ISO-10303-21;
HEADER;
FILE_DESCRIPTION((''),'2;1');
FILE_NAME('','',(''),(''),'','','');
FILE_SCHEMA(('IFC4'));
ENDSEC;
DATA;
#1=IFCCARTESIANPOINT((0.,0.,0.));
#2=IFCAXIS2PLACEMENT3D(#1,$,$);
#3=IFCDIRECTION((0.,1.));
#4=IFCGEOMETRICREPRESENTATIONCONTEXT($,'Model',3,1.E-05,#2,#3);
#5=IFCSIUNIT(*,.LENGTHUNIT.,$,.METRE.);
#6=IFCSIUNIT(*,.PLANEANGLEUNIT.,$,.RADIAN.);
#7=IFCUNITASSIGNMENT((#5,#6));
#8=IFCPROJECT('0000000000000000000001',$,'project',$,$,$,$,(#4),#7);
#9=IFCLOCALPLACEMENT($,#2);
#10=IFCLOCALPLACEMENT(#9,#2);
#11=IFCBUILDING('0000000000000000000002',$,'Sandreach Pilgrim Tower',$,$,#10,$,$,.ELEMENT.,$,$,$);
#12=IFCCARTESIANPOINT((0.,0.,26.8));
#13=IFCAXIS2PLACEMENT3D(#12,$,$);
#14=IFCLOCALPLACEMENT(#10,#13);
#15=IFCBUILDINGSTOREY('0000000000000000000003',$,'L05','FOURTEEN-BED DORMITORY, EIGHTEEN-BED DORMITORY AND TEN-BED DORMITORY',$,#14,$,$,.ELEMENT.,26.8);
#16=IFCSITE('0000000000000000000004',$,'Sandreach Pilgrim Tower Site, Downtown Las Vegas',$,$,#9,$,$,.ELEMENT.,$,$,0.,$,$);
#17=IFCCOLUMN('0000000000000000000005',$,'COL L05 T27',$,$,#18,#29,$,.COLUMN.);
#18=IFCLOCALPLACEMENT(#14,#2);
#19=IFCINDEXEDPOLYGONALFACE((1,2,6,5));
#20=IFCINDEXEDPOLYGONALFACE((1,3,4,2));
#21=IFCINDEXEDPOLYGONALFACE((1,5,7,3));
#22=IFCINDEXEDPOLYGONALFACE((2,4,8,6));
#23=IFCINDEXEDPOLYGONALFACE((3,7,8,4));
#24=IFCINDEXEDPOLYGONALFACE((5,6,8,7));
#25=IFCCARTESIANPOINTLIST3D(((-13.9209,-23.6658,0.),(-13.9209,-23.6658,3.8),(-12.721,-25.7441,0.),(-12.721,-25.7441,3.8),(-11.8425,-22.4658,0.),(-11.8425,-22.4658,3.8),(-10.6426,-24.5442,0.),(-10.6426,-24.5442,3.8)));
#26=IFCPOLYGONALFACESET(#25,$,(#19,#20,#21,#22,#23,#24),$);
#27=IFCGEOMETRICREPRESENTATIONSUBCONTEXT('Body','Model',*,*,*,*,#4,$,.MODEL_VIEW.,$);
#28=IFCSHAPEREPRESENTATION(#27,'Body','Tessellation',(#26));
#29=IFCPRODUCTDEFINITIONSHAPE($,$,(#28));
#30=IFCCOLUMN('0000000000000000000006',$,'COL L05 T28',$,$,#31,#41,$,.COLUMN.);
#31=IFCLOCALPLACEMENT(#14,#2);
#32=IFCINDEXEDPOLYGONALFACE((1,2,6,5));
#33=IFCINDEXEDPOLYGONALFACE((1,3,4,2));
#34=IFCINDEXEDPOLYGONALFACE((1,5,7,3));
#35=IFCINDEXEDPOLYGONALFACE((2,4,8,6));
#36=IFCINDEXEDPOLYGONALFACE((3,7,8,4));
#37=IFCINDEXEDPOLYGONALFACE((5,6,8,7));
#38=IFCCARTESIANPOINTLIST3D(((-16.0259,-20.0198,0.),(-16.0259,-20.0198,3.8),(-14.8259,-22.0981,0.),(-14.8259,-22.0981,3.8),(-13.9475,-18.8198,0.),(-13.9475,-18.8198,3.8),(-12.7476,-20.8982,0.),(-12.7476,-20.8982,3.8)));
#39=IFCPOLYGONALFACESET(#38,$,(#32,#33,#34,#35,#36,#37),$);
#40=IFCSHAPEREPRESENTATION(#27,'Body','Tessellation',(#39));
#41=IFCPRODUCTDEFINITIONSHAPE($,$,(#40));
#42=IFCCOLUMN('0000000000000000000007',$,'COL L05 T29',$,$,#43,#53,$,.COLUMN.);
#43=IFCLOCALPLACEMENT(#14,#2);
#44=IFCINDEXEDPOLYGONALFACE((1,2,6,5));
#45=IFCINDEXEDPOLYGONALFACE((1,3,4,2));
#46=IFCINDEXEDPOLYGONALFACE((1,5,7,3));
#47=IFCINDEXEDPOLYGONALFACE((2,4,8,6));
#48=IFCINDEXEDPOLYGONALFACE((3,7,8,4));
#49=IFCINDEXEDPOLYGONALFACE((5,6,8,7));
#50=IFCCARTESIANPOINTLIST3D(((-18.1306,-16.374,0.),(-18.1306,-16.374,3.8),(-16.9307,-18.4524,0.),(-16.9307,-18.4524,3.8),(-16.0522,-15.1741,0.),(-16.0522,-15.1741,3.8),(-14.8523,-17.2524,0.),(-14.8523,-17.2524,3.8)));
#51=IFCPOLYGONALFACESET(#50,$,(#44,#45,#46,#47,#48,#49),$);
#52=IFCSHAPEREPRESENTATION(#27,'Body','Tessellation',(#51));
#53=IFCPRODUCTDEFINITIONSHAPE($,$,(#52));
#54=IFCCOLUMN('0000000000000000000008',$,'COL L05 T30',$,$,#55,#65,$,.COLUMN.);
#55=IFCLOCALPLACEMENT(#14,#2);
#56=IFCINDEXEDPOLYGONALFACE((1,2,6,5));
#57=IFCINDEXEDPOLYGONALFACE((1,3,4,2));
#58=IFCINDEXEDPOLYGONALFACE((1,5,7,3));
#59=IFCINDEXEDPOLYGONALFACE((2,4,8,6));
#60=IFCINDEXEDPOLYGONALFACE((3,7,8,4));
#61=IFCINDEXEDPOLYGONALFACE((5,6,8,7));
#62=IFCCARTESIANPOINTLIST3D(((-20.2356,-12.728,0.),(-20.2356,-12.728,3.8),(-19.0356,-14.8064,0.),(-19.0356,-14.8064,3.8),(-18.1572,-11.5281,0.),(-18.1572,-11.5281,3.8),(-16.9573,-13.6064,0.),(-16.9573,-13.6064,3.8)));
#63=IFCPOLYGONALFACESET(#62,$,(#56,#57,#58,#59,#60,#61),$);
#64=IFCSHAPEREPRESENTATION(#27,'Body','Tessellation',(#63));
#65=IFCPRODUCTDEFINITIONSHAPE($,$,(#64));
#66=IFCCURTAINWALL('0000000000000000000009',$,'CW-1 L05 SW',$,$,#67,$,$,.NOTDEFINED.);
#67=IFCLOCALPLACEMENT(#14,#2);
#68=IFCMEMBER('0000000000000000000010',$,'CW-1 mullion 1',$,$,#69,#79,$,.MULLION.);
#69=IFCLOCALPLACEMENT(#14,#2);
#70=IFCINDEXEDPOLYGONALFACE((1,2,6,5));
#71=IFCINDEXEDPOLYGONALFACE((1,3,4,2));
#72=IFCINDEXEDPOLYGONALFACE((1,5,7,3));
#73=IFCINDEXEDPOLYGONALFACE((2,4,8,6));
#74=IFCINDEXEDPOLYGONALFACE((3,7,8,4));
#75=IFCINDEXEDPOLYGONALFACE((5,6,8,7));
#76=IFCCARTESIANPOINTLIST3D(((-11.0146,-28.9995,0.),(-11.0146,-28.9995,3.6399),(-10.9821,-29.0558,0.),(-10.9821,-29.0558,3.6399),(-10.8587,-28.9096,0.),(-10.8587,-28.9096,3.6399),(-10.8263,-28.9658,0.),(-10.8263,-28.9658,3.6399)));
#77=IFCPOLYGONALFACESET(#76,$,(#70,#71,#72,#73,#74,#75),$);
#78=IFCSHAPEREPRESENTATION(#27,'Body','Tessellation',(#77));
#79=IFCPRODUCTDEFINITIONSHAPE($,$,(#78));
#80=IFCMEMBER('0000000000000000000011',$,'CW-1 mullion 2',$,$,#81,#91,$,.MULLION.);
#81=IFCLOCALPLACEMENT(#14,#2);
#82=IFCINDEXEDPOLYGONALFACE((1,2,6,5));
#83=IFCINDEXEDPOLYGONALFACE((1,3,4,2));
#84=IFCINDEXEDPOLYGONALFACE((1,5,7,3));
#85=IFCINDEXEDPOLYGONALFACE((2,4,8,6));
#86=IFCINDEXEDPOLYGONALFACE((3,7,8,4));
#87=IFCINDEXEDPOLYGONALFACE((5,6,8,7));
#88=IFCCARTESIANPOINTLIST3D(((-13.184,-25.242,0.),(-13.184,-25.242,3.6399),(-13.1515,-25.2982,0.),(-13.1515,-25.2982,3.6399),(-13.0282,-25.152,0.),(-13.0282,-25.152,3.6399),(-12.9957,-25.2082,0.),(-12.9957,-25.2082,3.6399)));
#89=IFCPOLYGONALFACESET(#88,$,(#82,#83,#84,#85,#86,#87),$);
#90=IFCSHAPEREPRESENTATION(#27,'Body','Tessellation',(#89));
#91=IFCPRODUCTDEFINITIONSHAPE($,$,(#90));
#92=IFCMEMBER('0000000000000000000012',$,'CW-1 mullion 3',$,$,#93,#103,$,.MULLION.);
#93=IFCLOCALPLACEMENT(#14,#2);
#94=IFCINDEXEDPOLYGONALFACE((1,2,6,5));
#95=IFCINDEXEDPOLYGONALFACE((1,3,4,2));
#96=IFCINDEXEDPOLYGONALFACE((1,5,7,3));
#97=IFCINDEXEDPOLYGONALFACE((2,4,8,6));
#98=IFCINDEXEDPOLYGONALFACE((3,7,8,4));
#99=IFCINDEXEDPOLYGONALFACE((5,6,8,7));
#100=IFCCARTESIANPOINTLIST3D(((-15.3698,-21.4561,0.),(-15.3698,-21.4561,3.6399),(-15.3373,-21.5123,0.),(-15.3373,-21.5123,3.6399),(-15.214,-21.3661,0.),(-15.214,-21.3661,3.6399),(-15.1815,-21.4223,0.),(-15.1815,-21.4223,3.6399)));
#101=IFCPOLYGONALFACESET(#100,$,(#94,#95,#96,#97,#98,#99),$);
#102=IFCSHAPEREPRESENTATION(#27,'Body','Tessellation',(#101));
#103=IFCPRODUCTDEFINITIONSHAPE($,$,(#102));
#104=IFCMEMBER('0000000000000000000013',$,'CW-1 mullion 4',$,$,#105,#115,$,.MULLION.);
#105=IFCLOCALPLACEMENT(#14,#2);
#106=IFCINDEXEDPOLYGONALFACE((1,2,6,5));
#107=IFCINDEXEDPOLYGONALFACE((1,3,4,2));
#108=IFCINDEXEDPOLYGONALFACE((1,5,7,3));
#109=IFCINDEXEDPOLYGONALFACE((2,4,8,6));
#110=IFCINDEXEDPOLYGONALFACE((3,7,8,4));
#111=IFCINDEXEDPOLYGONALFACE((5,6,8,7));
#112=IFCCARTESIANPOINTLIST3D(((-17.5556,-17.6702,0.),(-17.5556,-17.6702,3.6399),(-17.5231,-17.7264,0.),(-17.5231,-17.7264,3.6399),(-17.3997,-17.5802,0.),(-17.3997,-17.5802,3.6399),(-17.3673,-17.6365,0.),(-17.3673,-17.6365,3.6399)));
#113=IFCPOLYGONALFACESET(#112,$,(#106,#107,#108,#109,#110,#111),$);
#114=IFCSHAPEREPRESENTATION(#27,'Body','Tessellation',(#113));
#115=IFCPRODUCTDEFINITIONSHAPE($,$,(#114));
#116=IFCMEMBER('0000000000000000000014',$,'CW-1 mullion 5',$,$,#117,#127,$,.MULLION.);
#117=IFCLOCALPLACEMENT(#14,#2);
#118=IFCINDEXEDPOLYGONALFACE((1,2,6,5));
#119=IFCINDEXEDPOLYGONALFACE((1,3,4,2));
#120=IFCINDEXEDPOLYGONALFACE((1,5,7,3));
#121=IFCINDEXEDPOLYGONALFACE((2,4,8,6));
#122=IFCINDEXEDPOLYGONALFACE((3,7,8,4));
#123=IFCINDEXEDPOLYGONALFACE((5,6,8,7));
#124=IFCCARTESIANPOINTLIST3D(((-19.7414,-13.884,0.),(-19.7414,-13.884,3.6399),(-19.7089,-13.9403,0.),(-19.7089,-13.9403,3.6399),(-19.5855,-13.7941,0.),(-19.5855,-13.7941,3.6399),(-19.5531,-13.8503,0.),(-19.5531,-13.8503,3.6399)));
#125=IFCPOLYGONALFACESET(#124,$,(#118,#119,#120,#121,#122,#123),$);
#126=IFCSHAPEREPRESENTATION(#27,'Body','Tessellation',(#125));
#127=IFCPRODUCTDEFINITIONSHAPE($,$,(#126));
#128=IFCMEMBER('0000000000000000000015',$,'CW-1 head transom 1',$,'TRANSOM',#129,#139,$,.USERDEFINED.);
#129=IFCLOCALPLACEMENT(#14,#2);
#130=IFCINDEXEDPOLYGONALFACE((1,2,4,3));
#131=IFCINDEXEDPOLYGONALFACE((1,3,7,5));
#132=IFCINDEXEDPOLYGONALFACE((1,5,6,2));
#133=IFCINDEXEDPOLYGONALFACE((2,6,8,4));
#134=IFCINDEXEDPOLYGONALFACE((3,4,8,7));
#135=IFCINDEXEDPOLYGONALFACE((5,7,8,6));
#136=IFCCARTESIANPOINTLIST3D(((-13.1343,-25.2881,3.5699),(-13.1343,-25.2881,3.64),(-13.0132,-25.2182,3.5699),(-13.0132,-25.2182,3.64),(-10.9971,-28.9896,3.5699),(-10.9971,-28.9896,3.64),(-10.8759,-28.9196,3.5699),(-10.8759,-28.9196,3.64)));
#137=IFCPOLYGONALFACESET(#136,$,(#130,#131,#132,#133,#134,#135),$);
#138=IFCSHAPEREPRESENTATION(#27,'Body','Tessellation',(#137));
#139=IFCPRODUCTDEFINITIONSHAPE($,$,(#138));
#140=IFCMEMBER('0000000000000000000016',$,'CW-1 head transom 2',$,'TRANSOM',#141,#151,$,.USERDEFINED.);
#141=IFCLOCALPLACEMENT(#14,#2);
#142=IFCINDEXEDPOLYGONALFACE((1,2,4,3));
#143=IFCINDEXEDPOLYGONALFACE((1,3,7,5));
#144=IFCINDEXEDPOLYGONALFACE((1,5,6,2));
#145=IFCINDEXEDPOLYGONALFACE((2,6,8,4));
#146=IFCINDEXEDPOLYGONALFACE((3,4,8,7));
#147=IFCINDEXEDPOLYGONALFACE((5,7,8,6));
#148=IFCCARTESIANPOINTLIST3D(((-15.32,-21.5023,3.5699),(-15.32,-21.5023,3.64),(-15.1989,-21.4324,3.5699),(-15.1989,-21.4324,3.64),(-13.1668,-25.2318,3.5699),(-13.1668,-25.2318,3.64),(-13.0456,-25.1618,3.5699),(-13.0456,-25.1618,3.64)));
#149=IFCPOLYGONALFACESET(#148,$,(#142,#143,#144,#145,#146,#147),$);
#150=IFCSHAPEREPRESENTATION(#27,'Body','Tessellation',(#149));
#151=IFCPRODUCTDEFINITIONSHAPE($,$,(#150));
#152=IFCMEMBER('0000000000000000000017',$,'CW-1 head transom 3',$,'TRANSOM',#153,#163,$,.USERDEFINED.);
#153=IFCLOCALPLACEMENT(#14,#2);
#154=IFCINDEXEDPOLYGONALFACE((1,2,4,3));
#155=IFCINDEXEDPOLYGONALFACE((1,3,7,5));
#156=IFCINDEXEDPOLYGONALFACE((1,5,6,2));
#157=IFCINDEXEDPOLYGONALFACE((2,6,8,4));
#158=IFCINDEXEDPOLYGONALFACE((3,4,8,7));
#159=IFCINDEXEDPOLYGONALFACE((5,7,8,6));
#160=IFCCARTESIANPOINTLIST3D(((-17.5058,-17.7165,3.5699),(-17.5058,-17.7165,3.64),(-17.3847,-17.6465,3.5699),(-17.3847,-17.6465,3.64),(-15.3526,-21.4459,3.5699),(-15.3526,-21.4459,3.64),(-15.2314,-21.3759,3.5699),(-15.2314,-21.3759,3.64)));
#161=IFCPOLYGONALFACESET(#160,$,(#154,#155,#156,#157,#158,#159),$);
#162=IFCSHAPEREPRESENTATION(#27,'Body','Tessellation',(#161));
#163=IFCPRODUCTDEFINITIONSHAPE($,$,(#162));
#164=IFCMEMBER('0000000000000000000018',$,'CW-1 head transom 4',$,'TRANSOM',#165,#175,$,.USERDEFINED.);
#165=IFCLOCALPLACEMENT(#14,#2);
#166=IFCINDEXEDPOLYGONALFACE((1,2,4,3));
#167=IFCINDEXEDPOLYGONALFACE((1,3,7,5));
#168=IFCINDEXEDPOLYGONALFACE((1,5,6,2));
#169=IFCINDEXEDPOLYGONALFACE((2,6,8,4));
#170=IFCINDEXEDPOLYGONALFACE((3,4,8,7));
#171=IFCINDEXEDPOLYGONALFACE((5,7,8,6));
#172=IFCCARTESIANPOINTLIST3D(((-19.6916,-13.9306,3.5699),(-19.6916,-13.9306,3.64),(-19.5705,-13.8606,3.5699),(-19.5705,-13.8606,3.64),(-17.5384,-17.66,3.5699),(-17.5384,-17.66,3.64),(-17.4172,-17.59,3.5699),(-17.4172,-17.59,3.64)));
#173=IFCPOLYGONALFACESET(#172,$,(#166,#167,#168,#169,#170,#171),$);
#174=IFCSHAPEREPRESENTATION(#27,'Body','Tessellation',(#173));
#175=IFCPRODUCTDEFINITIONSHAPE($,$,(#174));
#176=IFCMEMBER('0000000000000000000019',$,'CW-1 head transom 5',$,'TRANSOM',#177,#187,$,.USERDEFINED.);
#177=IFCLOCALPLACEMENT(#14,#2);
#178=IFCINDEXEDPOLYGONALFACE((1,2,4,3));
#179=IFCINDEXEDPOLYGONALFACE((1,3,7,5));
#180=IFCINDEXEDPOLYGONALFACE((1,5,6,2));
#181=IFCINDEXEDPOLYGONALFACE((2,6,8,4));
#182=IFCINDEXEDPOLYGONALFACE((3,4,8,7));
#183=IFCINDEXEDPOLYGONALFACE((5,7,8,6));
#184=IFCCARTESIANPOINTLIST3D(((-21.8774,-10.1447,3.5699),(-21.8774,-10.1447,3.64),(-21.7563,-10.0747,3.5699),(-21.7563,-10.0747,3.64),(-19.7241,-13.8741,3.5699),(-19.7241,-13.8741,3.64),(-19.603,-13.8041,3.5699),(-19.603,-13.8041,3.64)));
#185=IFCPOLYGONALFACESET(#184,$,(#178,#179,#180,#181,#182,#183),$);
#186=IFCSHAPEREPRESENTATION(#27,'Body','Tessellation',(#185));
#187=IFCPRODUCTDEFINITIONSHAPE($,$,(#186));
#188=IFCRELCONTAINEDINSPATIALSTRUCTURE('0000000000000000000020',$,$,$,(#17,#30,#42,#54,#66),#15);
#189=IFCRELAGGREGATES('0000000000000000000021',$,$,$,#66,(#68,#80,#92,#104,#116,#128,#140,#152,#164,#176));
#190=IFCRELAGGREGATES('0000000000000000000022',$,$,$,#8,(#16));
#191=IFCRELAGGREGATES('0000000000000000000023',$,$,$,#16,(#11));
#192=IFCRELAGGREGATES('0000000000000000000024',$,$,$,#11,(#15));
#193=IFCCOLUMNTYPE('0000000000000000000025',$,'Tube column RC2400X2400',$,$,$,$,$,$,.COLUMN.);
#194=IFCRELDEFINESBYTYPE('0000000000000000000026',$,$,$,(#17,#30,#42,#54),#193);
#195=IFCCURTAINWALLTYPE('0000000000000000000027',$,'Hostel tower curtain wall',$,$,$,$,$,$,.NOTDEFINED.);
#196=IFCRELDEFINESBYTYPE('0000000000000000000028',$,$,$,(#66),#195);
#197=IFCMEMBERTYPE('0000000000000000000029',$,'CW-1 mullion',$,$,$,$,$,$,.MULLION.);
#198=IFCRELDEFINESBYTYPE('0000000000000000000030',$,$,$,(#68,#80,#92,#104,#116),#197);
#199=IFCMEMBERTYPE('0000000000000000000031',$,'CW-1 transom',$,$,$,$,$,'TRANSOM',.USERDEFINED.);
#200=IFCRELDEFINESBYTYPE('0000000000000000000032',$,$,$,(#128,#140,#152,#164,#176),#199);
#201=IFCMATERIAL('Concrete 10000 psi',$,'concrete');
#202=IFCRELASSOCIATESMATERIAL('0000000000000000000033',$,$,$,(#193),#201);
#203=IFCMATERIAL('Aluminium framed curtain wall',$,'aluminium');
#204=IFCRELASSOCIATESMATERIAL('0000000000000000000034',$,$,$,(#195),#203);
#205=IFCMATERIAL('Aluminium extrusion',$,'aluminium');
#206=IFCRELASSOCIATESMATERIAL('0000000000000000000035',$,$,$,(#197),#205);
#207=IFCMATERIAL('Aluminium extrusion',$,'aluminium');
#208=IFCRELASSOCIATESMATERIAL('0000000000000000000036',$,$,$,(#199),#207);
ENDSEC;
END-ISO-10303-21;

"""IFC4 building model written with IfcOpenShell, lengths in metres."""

from ifc_helpers import new_model, si_unit, direction, frame, origin, origin_2d, place, context, subcontext, project, spatial, rectangle, extrude, material, material_profile, profile_set, type_object, element, aggregate, save


model = new_model("IFC4")

# Units and contexts
model_context = context("Model", 3, precision=1e-05, world=origin(), true_north=direction((0.0, 1.0)))
body_context = subcontext(model_context, "Body", "Model", "MODEL_VIEW")
ifc_project = project(units=[si_unit("LENGTHUNIT", "METRE"), si_unit("PLANEANGLEUNIT", "RADIAN")], contexts=[model_context])

# Site, building, storey
site_placement = place(None, origin())
site = spatial("IfcSite", under=ifc_project, at=site_placement, Name="Sandreach Pilgrim Tower Site, Downtown Las Vegas", CompositionType="ELEMENT", RefElevation=0.0)
building_placement = place(site_placement, origin())
building = spatial("IfcBuilding", under=site, at=building_placement, Name="Sandreach Pilgrim Tower", CompositionType="ELEMENT")
storey_placement = place(building_placement, frame((0.0, 0.0, 26.8)))
storey = spatial("IfcBuildingStorey", under=building, at=storey_placement, Name="L05", Description="FOURTEEN-BED DORMITORY, EIGHTEEN-BED DORMITORY AND TEN-BED DORMITORY", CompositionType="ELEMENT", Elevation=26.8)

# Columns
ifc_material_1 = material(Name="Concrete 10000 psi", Category="concrete")
ifc_material_profile_1 = material_profile(ifc_material_1, rectangle(XDim=2.3999, YDim=2.3999, at=origin_2d()), Name="RC2400X2400")
ifc_profile_set_1 = profile_set([ifc_material_profile_1], Name="Concrete 10000 psi")
column_type = type_object("IfcColumnType", Name="Tube column RC2400X2400", PredefinedType="COLUMN", material=ifc_profile_set_1)
for number, where, z_axis, x_axis, name in (
    (1, (-12.2817, -24.105, 0.0), (0.0, 0.0, 1.0), (-0.866025, -0.5, 0.0), "COL L05 T27"),
    (2, (-14.3867, -20.459, 0.0), (0.0, 0.0, 1.0), (-0.866025, -0.5, 0.0), "COL L05 T28"),
    (3, (-16.4915, -16.8132, 0.0), (0.0, 0.0, 1.0), (-0.866025, -0.5, 0.0), "COL L05 T29"),
    (4, (-18.5964, -13.1672, 0.0), (0.0, 0.0, 1.0), (-0.866025, -0.5, 0.0), "COL L05 T30"),
):
    element("IfcColumn", number, at=place(storey_placement, frame(where, z_axis=z_axis, x_axis=x_axis)), inside=storey, type_object=column_type, Name=name, PredefinedType="COLUMN", context=body_context, shape_type="SweptSolid", body=[
        extrude(rectangle(XDim=2.3999, YDim=2.3999, at=origin_2d()), origin(), (0.0, 0.0, 1.0), 3.8),
    ])

# Curtain wall, members
ifc_material_2 = material(Name="Aluminium framed curtain wall", Category="aluminium")
curtain_wall_type = type_object("IfcCurtainWallType", Name="Hostel tower curtain wall", PredefinedType="NOTDEFINED", material=ifc_material_2)
curtain_wall_placement = place(storey_placement, origin())
curtain_wall = element("IfcCurtainWall", 5, at=curtain_wall_placement, inside=storey, type_object=curtain_wall_type, Name="CW-1 L05 SW", PredefinedType="NOTDEFINED")
ifc_material_3 = material(Name="Aluminium extrusion", Category="aluminium")
ifc_material_profile_2 = material_profile(ifc_material_3, rectangle(XDim=0.0649, YDim=0.1799, at=origin_2d()), Name="CW-1M 65X180")
ifc_profile_set_2 = profile_set([ifc_material_profile_2], Name="Aluminium extrusion")
member_type_1 = type_object("IfcMemberType", Name="CW-1 mullion", PredefinedType="MULLION", material=ifc_profile_set_2)
member_1_placement = place(storey_placement, frame((-10.9204, -28.9827, 0.0), z_axis=(0.0, 0.0, 1.0), x_axis=(-0.5, 0.866025, 0.0)))
member_1 = element("IfcMember", 6, at=member_1_placement, type_object=member_type_1, Name="CW-1 mullion 1", PredefinedType="MULLION", context=body_context, shape_type="SweptSolid", body=[
    extrude(rectangle(XDim=0.0649, YDim=0.1799, at=origin_2d()), origin(), (0.0, 0.0, 1.0), 3.6399),
])
member_2_placement = place(storey_placement, frame((-13.0898, -25.2251, 0.0), z_axis=(0.0, 0.0, 1.0), x_axis=(-0.5, 0.866025, 0.0)))
member_2 = element("IfcMember", 7, at=member_2_placement, type_object=member_type_1, Name="CW-1 mullion 2", PredefinedType="MULLION", context=body_context, shape_type="SweptSolid", body=[
    extrude(rectangle(XDim=0.0649, YDim=0.1799, at=origin_2d()), origin(), (0.0, 0.0, 1.0), 3.6399),
])
member_3_placement = place(storey_placement, frame((-15.2756, -21.4392, 0.0), z_axis=(0.0, 0.0, 1.0), x_axis=(-0.5, 0.866025, 0.0)))
member_3 = element("IfcMember", 8, at=member_3_placement, type_object=member_type_1, Name="CW-1 mullion 3", PredefinedType="MULLION", context=body_context, shape_type="SweptSolid", body=[
    extrude(rectangle(XDim=0.0649, YDim=0.1799, at=origin_2d()), origin(), (0.0, 0.0, 1.0), 3.6399),
])
member_4_placement = place(storey_placement, frame((-17.4614, -17.6533, 0.0), z_axis=(0.0, 0.0, 1.0), x_axis=(-0.5, 0.866025, 0.0)))
member_4 = element("IfcMember", 9, at=member_4_placement, type_object=member_type_1, Name="CW-1 mullion 4", PredefinedType="MULLION", context=body_context, shape_type="SweptSolid", body=[
    extrude(rectangle(XDim=0.0649, YDim=0.1799, at=origin_2d()), origin(), (0.0, 0.0, 1.0), 3.6399),
])
member_5_placement = place(storey_placement, frame((-19.6472, -13.8672, 0.0), z_axis=(0.0, 0.0, 1.0), x_axis=(-0.5, 0.866025, 0.0)))
member_5 = element("IfcMember", 10, at=member_5_placement, type_object=member_type_1, Name="CW-1 mullion 5", PredefinedType="MULLION", context=body_context, shape_type="SweptSolid", body=[
    extrude(rectangle(XDim=0.0649, YDim=0.1799, at=origin_2d()), origin(), (0.0, 0.0, 1.0), 3.6399),
])
ifc_material_4 = material(Name="Aluminium extrusion", Category="aluminium")
ifc_material_profile_3 = material_profile(ifc_material_4, rectangle(XDim=0.1399, YDim=0.0701, at=origin_2d()), Name="CW-1T 140X70")
ifc_profile_set_3 = profile_set([ifc_material_profile_3], Name="Aluminium extrusion")
member_type_2 = type_object("IfcMemberType", Name="CW-1 transom", ElementType="TRANSOM", PredefinedType="USERDEFINED", material=ifc_profile_set_3)
member_6_placement = place(storey_placement, frame((-10.9365, -28.9546, 3.605), z_axis=(-0.500034, 0.866006, 0.0), x_axis=(-0.866006, -0.500034, 0.0)))
member_6 = element("IfcMember", 11, at=member_6_placement, type_object=member_type_2, Name="CW-1 head transom 1", ObjectType="TRANSOM", PredefinedType="USERDEFINED", context=body_context, shape_type="SweptSolid", body=[
    extrude(rectangle(XDim=0.1399, YDim=0.0701, at=origin_2d()), origin(), (0.0, 0.0, 1.0), 4.2742),
])
member_7_placement = place(storey_placement, frame((-13.1062, -25.1968, 3.605), z_axis=(-0.500017, 0.866016, 0.0), x_axis=(-0.866016, -0.500017, 0.0)))
member_7 = element("IfcMember", 12, at=member_7_placement, type_object=member_type_2, Name="CW-1 head transom 2", ObjectType="TRANSOM", PredefinedType="USERDEFINED", context=body_context, shape_type="SweptSolid", body=[
    extrude(rectangle(XDim=0.1399, YDim=0.0701, at=origin_2d()), origin(), (0.0, 0.0, 1.0), 4.3064),
])
member_8_placement = place(storey_placement, frame((-15.292, -21.4109, 3.605), z_axis=(-0.500017, 0.866016, 0.0), x_axis=(-0.866016, -0.500017, 0.0)))
member_8 = element("IfcMember", 13, at=member_8_placement, type_object=member_type_2, Name="CW-1 head transom 3", ObjectType="TRANSOM", PredefinedType="USERDEFINED", context=body_context, shape_type="SweptSolid", body=[
    extrude(rectangle(XDim=0.1399, YDim=0.0701, at=origin_2d()), origin(), (0.0, 0.0, 1.0), 4.3064),
])
member_9_placement = place(storey_placement, frame((-17.4778, -17.625, 3.605), z_axis=(-0.500017, 0.866016, 0.0), x_axis=(-0.866016, -0.500017, 0.0)))
member_9 = element("IfcMember", 14, at=member_9_placement, type_object=member_type_2, Name="CW-1 head transom 4", ObjectType="TRANSOM", PredefinedType="USERDEFINED", context=body_context, shape_type="SweptSolid", body=[
    extrude(rectangle(XDim=0.1399, YDim=0.0701, at=origin_2d()), origin(), (0.0, 0.0, 1.0), 4.3064),
])
member_10_placement = place(storey_placement, frame((-19.6636, -13.8391, 3.605), z_axis=(-0.500017, 0.866016, 0.0), x_axis=(-0.866016, -0.500017, 0.0)))
member_10 = element("IfcMember", 15, at=member_10_placement, type_object=member_type_2, Name="CW-1 head transom 5", ObjectType="TRANSOM", PredefinedType="USERDEFINED", context=body_context, shape_type="SweptSolid", body=[
    extrude(rectangle(XDim=0.1399, YDim=0.0701, at=origin_2d()), origin(), (0.0, 0.0, 1.0), 4.3064),
])

aggregate(curtain_wall, [member_1, member_2, member_3, member_4, member_5, member_6, member_7, member_8, member_9, member_10])

save(model, "model.ifc")
